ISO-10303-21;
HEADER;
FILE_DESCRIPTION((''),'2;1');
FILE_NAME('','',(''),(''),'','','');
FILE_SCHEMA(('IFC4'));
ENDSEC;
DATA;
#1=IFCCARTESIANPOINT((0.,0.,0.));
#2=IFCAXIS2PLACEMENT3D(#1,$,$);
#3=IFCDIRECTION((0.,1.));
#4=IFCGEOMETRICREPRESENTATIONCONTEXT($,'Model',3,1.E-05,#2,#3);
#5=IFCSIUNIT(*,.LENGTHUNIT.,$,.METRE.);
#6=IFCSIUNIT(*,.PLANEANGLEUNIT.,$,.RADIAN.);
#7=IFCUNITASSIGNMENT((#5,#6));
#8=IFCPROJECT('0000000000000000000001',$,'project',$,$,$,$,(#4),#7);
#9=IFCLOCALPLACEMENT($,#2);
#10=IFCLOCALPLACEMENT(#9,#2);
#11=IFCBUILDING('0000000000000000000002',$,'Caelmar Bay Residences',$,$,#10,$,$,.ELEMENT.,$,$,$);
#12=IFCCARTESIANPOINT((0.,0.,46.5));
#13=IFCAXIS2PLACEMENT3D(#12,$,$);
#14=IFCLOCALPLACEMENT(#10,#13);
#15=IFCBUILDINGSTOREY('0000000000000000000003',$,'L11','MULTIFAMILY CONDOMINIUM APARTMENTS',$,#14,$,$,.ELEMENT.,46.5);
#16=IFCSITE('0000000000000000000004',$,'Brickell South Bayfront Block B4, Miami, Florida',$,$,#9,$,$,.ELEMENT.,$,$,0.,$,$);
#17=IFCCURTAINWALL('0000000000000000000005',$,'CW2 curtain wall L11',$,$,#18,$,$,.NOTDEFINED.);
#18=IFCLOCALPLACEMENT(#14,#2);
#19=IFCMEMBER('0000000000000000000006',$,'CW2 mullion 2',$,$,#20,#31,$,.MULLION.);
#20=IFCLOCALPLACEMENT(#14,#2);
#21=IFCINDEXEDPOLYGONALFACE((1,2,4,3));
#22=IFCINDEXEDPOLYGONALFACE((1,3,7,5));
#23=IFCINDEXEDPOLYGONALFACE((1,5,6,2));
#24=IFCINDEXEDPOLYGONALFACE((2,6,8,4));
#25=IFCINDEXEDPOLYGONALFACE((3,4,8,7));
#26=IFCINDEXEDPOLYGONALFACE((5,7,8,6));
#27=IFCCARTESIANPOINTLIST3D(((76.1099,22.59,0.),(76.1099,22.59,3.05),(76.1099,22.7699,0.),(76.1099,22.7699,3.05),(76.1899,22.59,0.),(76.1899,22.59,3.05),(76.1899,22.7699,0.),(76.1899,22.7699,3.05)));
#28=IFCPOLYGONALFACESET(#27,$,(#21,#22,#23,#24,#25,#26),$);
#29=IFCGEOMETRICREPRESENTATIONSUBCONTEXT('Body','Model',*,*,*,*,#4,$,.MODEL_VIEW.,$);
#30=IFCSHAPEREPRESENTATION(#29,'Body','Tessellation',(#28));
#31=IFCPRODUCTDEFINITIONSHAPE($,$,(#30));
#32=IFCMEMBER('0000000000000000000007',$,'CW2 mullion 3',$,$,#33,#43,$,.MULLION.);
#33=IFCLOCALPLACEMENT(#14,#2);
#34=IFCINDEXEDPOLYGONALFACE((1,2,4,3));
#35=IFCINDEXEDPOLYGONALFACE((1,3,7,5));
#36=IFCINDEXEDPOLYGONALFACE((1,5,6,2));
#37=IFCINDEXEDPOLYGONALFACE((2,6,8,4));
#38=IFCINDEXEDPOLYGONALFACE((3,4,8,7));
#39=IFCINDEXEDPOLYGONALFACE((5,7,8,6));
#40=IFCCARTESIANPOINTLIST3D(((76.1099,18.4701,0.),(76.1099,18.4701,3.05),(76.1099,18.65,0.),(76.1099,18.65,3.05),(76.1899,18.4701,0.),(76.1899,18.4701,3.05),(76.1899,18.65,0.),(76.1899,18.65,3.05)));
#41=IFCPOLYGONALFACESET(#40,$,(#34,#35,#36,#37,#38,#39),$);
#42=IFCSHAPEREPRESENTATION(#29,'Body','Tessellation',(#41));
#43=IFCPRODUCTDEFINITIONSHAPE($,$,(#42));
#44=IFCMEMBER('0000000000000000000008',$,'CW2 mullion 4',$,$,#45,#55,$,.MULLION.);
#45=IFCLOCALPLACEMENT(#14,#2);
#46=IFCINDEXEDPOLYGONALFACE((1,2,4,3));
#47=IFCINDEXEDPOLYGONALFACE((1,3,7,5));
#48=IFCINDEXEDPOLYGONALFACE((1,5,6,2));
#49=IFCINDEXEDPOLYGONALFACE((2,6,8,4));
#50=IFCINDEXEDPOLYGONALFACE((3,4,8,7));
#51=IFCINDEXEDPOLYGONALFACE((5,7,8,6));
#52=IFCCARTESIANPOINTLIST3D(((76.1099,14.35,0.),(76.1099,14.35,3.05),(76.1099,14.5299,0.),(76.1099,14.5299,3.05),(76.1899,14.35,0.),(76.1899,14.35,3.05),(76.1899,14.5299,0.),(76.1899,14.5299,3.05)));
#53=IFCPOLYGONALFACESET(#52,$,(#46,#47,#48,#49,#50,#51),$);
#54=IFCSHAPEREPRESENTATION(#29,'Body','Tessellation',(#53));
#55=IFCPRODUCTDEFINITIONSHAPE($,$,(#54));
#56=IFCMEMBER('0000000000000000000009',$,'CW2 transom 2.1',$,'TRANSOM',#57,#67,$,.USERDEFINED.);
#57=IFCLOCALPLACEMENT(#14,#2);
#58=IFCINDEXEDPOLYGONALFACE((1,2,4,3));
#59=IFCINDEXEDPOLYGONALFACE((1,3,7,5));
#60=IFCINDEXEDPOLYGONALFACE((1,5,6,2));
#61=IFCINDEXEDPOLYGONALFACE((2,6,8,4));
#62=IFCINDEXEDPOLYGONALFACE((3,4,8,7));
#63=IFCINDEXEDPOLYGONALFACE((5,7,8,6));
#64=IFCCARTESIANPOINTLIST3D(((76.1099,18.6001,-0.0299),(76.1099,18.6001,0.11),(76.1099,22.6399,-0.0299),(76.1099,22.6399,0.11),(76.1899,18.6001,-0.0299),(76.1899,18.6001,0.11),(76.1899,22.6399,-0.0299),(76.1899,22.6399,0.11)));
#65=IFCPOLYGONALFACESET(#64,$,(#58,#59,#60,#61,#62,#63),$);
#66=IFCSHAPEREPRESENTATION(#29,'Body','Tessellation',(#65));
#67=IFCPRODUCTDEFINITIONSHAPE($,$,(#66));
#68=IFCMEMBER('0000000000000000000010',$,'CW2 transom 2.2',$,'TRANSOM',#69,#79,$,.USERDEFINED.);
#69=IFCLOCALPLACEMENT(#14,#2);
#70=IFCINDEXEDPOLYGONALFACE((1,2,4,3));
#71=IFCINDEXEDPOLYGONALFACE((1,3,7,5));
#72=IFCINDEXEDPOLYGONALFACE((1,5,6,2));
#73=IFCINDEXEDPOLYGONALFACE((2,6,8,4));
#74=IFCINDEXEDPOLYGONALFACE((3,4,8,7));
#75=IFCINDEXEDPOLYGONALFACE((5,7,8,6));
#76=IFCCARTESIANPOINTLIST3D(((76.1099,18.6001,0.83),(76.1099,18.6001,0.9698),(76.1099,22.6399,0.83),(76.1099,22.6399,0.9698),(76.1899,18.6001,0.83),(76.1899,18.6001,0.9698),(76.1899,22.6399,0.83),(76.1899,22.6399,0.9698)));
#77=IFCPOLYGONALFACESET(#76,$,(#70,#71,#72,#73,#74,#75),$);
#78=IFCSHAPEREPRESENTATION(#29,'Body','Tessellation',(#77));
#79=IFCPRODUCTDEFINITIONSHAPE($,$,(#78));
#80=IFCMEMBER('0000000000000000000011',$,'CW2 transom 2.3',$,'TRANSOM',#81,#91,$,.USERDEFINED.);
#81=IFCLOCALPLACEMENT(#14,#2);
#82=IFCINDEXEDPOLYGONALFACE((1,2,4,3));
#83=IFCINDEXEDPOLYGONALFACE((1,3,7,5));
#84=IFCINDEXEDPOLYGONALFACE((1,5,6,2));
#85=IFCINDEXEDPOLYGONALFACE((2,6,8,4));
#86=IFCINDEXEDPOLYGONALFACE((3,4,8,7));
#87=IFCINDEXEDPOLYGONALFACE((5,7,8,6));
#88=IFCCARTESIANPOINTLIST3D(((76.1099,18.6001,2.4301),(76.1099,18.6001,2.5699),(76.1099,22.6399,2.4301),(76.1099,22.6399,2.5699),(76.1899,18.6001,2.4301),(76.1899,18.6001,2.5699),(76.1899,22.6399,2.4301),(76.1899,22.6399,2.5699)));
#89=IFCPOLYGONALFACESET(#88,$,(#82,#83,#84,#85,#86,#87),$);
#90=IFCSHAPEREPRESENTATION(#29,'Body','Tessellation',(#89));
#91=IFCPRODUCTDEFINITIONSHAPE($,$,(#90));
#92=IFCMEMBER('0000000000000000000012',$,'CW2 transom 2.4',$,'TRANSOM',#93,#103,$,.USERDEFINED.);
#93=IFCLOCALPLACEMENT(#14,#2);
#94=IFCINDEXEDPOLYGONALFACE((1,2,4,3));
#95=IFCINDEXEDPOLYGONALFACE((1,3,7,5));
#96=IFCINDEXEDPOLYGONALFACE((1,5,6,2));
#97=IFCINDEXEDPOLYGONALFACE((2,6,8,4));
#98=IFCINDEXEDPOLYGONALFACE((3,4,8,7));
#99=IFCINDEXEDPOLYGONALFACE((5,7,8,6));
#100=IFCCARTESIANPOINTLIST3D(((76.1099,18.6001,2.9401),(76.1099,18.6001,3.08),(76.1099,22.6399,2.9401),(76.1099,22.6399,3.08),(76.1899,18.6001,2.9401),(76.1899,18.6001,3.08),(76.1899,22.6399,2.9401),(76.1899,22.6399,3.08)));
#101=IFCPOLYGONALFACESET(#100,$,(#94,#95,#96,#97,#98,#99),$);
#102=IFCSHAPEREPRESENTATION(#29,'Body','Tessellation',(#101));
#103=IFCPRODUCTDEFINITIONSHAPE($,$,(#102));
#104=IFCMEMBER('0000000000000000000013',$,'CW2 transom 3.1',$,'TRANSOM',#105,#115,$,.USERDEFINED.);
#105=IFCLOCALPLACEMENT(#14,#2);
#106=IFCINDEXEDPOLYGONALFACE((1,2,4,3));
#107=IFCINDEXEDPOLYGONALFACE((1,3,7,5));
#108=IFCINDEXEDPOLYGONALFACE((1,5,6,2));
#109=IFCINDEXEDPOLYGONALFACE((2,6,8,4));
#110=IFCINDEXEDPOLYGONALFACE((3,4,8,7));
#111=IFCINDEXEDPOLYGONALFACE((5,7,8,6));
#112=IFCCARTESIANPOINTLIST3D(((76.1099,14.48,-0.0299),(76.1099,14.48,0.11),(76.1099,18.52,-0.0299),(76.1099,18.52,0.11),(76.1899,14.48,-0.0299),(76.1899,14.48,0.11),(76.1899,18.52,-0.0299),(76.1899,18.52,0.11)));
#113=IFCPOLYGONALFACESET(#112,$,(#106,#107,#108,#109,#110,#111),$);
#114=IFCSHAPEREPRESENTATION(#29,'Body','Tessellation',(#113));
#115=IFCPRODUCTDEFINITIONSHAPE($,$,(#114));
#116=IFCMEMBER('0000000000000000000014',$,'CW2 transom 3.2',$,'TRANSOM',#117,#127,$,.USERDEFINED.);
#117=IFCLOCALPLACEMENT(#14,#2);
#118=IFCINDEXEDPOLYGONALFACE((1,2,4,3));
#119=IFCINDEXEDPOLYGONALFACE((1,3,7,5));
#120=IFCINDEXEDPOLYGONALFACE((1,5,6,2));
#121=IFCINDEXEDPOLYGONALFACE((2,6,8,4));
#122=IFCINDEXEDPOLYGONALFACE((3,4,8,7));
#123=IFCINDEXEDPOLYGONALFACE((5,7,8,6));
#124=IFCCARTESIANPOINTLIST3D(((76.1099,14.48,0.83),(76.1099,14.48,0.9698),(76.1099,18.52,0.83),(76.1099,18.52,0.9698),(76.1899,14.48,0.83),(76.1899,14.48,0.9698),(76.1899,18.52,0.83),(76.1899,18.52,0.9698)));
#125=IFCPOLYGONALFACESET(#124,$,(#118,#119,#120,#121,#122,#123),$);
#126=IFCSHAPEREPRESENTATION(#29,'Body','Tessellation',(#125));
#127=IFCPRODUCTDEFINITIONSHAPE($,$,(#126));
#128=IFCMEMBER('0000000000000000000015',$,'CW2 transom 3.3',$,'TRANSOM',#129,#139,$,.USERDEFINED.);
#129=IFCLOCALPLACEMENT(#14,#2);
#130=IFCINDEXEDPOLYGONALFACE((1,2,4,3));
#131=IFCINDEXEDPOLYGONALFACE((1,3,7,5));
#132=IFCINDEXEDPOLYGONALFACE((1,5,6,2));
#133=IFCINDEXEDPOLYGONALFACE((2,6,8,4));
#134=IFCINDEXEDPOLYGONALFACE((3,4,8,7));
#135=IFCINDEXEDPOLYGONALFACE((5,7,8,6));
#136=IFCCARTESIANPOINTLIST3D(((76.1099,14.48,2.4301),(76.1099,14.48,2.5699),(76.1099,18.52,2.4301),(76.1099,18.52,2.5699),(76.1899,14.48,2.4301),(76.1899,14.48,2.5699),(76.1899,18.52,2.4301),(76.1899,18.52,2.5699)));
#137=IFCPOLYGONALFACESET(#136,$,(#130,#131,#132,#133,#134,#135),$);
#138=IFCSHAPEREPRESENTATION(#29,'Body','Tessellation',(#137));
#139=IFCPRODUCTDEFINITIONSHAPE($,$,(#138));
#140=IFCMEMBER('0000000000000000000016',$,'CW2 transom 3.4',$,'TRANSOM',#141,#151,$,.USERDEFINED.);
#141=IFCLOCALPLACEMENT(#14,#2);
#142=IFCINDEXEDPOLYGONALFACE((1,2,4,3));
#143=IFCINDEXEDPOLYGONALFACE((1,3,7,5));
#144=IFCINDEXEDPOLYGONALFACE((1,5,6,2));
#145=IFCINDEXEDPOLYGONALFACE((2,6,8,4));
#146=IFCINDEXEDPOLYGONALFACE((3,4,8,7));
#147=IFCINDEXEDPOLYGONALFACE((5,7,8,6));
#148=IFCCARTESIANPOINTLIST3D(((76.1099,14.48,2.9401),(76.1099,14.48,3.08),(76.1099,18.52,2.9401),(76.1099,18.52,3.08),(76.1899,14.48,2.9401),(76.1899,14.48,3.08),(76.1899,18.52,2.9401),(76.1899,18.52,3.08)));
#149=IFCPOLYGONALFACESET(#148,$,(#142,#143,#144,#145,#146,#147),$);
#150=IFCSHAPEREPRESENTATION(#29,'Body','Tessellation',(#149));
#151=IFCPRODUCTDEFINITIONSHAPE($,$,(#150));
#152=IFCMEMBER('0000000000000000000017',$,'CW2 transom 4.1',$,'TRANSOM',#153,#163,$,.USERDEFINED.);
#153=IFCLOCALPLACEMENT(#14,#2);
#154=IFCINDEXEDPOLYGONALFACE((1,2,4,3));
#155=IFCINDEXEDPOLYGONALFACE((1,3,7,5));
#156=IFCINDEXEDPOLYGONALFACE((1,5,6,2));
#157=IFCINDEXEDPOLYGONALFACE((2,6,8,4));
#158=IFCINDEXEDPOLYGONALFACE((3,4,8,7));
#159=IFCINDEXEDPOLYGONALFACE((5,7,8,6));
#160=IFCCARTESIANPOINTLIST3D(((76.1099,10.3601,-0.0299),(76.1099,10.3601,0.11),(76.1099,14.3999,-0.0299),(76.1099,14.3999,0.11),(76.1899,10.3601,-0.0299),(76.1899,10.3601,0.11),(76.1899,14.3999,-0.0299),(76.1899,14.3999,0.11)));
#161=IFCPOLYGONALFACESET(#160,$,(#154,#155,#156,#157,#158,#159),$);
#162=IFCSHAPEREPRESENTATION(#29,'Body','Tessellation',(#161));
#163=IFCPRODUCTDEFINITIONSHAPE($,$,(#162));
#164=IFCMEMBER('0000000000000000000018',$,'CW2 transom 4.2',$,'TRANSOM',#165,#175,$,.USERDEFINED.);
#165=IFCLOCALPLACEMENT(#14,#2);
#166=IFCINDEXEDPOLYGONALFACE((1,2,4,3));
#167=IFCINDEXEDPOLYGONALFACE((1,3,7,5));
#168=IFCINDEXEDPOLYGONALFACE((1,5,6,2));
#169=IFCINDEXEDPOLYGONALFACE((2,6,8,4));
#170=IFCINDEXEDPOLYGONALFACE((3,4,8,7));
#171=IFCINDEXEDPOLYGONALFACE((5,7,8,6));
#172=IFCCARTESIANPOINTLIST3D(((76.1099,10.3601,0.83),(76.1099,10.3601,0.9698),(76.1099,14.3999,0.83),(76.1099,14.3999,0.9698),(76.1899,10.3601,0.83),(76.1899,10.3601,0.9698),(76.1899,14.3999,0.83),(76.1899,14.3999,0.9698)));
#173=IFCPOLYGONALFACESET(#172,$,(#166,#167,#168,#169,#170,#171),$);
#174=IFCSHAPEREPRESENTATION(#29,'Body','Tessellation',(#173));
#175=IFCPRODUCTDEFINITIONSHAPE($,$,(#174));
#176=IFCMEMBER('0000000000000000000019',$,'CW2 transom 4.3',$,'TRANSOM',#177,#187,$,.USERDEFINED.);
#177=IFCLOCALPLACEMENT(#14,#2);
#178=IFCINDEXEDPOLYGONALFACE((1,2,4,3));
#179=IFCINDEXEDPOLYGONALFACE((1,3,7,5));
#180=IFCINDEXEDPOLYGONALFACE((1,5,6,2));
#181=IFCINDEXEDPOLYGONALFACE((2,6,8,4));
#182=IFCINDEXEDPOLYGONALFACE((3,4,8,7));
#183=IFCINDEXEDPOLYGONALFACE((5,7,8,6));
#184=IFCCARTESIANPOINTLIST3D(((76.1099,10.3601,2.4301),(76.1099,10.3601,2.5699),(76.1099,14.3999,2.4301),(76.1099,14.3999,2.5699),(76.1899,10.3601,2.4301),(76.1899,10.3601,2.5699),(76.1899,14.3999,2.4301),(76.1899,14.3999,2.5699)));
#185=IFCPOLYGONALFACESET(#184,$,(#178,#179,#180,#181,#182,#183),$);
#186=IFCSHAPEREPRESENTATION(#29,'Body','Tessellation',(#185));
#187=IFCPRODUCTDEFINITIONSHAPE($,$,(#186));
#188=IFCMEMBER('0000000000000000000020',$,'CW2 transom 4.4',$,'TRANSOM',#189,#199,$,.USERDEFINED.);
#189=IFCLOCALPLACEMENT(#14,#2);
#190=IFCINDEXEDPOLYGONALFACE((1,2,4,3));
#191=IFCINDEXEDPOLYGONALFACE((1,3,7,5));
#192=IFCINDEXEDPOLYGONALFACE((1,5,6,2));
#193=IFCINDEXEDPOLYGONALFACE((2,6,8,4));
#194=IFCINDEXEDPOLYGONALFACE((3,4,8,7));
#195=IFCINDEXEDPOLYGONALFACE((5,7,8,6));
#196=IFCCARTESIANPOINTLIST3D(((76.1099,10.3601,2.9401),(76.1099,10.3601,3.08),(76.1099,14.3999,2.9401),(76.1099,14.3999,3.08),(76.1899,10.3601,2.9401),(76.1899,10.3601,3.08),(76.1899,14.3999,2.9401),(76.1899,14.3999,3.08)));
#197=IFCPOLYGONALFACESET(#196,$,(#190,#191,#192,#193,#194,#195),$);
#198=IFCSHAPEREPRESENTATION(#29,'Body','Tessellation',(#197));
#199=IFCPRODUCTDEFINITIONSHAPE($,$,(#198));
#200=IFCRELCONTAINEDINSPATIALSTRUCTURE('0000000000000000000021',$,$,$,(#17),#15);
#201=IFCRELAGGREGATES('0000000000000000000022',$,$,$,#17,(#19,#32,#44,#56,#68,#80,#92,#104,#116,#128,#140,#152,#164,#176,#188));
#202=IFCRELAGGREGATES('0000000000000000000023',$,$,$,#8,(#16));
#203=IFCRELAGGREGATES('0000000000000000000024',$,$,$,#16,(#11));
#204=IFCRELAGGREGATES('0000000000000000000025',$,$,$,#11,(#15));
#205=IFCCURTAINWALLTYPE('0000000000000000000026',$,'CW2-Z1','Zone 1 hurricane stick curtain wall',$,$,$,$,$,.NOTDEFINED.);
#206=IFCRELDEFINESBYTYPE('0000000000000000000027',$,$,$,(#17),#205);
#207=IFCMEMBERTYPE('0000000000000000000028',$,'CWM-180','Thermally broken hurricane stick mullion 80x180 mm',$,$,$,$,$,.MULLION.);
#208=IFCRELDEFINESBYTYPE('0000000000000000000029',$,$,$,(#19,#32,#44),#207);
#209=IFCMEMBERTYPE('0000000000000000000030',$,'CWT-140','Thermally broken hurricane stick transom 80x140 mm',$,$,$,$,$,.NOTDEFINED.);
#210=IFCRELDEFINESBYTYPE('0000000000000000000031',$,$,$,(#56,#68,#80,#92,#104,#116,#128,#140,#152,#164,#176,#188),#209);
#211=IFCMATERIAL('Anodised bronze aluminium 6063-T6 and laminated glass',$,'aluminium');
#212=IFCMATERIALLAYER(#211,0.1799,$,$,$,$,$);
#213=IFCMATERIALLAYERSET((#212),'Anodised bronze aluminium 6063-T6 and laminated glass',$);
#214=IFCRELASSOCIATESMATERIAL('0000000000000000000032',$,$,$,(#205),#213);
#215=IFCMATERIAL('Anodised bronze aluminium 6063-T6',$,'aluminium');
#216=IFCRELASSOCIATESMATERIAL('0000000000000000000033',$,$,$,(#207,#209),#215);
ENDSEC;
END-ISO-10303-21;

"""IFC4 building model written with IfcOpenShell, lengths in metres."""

from ifc_helpers import new_model, si_unit, direction, frame, origin, origin_2d, place, context, subcontext, project, spatial, rectangle, extrude, material, layer, layer_set, material_profile, profile_set, type_object, element, aggregate, save


model = new_model("IFC4")

# Units and contexts
model_context = context("Model", 3, precision=1e-05, world=origin(), true_north=direction((0.0, 1.0)))
body_context = subcontext(model_context, "Body", "Model", "MODEL_VIEW")
ifc_project = project(units=[si_unit("LENGTHUNIT", "METRE"), si_unit("PLANEANGLEUNIT", "RADIAN")], contexts=[model_context])

# Site, building, storey
site_placement = place(None, origin())
site = spatial("IfcSite", under=ifc_project, at=site_placement, Name="Brickell South Bayfront Block B4, Miami, Florida", CompositionType="ELEMENT", RefElevation=0.0)
building_placement = place(site_placement, origin())
building = spatial("IfcBuilding", under=site, at=building_placement, Name="Caelmar Bay Residences", CompositionType="ELEMENT")
storey_placement = place(building_placement, frame((0.0, 0.0, 46.5)))
storey = spatial("IfcBuildingStorey", under=building, at=storey_placement, Name="L11", Description="MULTIFAMILY CONDOMINIUM APARTMENTS", CompositionType="ELEMENT", Elevation=46.5)

# Curtain wall, members
ifc_material_1 = material(Name="Anodised bronze aluminium 6063-T6 and laminated glass", Category="aluminium")
ifc_layer_1 = layer(ifc_material_1, 0.1799)
ifc_layer_set_1 = layer_set([ifc_layer_1], Name="Anodised bronze aluminium 6063-T6 and laminated glass")
curtain_wall_type = type_object("IfcCurtainWallType", Name="CW2-Z1", Description="Zone 1 hurricane stick curtain wall", PredefinedType="NOTDEFINED", material=ifc_layer_set_1)
curtain_wall_placement = place(storey_placement, origin())
curtain_wall = element("IfcCurtainWall", 1, at=curtain_wall_placement, inside=storey, type_object=curtain_wall_type, Name="CW2 curtain wall L11", PredefinedType="NOTDEFINED")
ifc_material_2 = material(Name="Anodised bronze aluminium 6063-T6", Category="aluminium")
ifc_material_profile_1 = material_profile(ifc_material_2, rectangle(XDim=0.0801, YDim=0.1799, at=origin_2d()), Name="CWM-80X180")
ifc_profile_set_1 = profile_set([ifc_material_profile_1], Name="Anodised bronze aluminium 6063-T6")
member_type_1 = type_object("IfcMemberType", Name="CWM-180", Description="Thermally broken hurricane stick mullion 80x180 mm", PredefinedType="MULLION", material=ifc_profile_set_1)
member_1_placement = place(storey_placement, frame((76.1499, 22.6799, 0.0), z_axis=(0.0, 0.0, 1.0), x_axis=(1.0, 0.0, 0.0)))
member_1 = element("IfcMember", 2, at=member_1_placement, type_object=member_type_1, Name="CW2 mullion 2", PredefinedType="MULLION", context=body_context, shape_type="SweptSolid", body=[
    extrude(rectangle(XDim=0.0801, YDim=0.1799, at=origin_2d()), origin(), (0.0, 0.0, 1.0), 3.05),
])
member_2_placement = place(storey_placement, frame((76.1499, 18.5601, 0.0), z_axis=(0.0, 0.0, 1.0), x_axis=(1.0, 0.0, 0.0)))
member_2 = element("IfcMember", 3, at=member_2_placement, type_object=member_type_1, Name="CW2 mullion 3", PredefinedType="MULLION", context=body_context, shape_type="SweptSolid", body=[
    extrude(rectangle(XDim=0.0801, YDim=0.1799, at=origin_2d()), origin(), (0.0, 0.0, 1.0), 3.05),
])
member_3_placement = place(storey_placement, frame((76.1499, 14.4399, 0.0), z_axis=(0.0, 0.0, 1.0), x_axis=(1.0, 0.0, 0.0)))
member_3 = element("IfcMember", 4, at=member_3_placement, type_object=member_type_1, Name="CW2 mullion 4", PredefinedType="MULLION", context=body_context, shape_type="SweptSolid", body=[
    extrude(rectangle(XDim=0.0801, YDim=0.1799, at=origin_2d()), origin(), (0.0, 0.0, 1.0), 3.05),
])
ifc_material_profile_2 = material_profile(ifc_material_2, rectangle(XDim=0.0801, YDim=0.1399, at=origin_2d()), Name="CWT-80X140")
ifc_profile_set_2 = profile_set([ifc_material_profile_2], Name="Anodised bronze aluminium 6063-T6")
member_type_2 = type_object("IfcMemberType", Name="CWT-140", Description="Thermally broken hurricane stick transom 80x140 mm", PredefinedType="NOTDEFINED", material=ifc_profile_set_2)
member_4_placement = place(storey_placement, frame((76.1499, 22.6399, 0.04), z_axis=(0.0, -1.0, 0.0), x_axis=(1.0, 0.0, 0.0)))
member_4 = element("IfcMember", 5, at=member_4_placement, type_object=member_type_2, Name="CW2 transom 2.1", ObjectType="TRANSOM", PredefinedType="USERDEFINED", context=body_context, shape_type="SweptSolid", body=[
    extrude(rectangle(XDim=0.0801, YDim=0.1399, at=origin_2d()), origin(), (0.0, 0.0, 1.0), 4.0398),
])
member_5_placement = place(storey_placement, frame((76.1499, 22.6399, 0.8999), z_axis=(0.0, -1.0, 0.0), x_axis=(1.0, 0.0, 0.0)))
member_5 = element("IfcMember", 6, at=member_5_placement, type_object=member_type_2, Name="CW2 transom 2.2", ObjectType="TRANSOM", PredefinedType="USERDEFINED", context=body_context, shape_type="SweptSolid", body=[
    extrude(rectangle(XDim=0.0801, YDim=0.1399, at=origin_2d()), origin(), (0.0, 0.0, 1.0), 4.0398),
])
member_6_placement = place(storey_placement, frame((76.1499, 22.6399, 2.5), z_axis=(0.0, -1.0, 0.0), x_axis=(1.0, 0.0, 0.0)))
member_6 = element("IfcMember", 7, at=member_6_placement, type_object=member_type_2, Name="CW2 transom 2.3", ObjectType="TRANSOM", PredefinedType="USERDEFINED", context=body_context, shape_type="SweptSolid", body=[
    extrude(rectangle(XDim=0.0801, YDim=0.1399, at=origin_2d()), origin(), (0.0, 0.0, 1.0), 4.0398),
])
member_7_placement = place(storey_placement, frame((76.1499, 22.6399, 3.01), z_axis=(0.0, -1.0, 0.0), x_axis=(1.0, 0.0, 0.0)))
member_7 = element("IfcMember", 8, at=member_7_placement, type_object=member_type_2, Name="CW2 transom 2.4", ObjectType="TRANSOM", PredefinedType="USERDEFINED", context=body_context, shape_type="SweptSolid", body=[
    extrude(rectangle(XDim=0.0801, YDim=0.1399, at=origin_2d()), origin(), (0.0, 0.0, 1.0), 4.0398),
])
member_8_placement = place(storey_placement, frame((76.1499, 18.52, 0.04), z_axis=(0.0, -1.0, 0.0), x_axis=(1.0, 0.0, 0.0)))
member_8 = element("IfcMember", 9, at=member_8_placement, type_object=member_type_2, Name="CW2 transom 3.1", ObjectType="TRANSOM", PredefinedType="USERDEFINED", context=body_context, shape_type="SweptSolid", body=[
    extrude(rectangle(XDim=0.0801, YDim=0.1399, at=origin_2d()), origin(), (0.0, 0.0, 1.0), 4.04),
])
member_9_placement = place(storey_placement, frame((76.1499, 18.52, 0.8999), z_axis=(0.0, -1.0, 0.0), x_axis=(1.0, 0.0, 0.0)))
member_9 = element("IfcMember", 10, at=member_9_placement, type_object=member_type_2, Name="CW2 transom 3.2", ObjectType="TRANSOM", PredefinedType="USERDEFINED", context=body_context, shape_type="SweptSolid", body=[
    extrude(rectangle(XDim=0.0801, YDim=0.1399, at=origin_2d()), origin(), (0.0, 0.0, 1.0), 4.04),
])
member_10_placement = place(storey_placement, frame((76.1499, 18.52, 2.5), z_axis=(0.0, -1.0, 0.0), x_axis=(1.0, 0.0, 0.0)))
member_10 = element("IfcMember", 11, at=member_10_placement, type_object=member_type_2, Name="CW2 transom 3.3", ObjectType="TRANSOM", PredefinedType="USERDEFINED", context=body_context, shape_type="SweptSolid", body=[
    extrude(rectangle(XDim=0.0801, YDim=0.1399, at=origin_2d()), origin(), (0.0, 0.0, 1.0), 4.04),
])
member_11_placement = place(storey_placement, frame((76.1499, 18.52, 3.01), z_axis=(0.0, -1.0, 0.0), x_axis=(1.0, 0.0, 0.0)))
member_11 = element("IfcMember", 12, at=member_11_placement, type_object=member_type_2, Name="CW2 transom 3.4", ObjectType="TRANSOM", PredefinedType="USERDEFINED", context=body_context, shape_type="SweptSolid", body=[
    extrude(rectangle(XDim=0.0801, YDim=0.1399, at=origin_2d()), origin(), (0.0, 0.0, 1.0), 4.04),
])
member_12_placement = place(storey_placement, frame((76.1499, 14.3999, 0.04), z_axis=(0.0, -1.0, 0.0), x_axis=(1.0, 0.0, 0.0)))
member_12 = element("IfcMember", 13, at=member_12_placement, type_object=member_type_2, Name="CW2 transom 4.1", ObjectType="TRANSOM", PredefinedType="USERDEFINED", context=body_context, shape_type="SweptSolid", body=[
    extrude(rectangle(XDim=0.0801, YDim=0.1399, at=origin_2d()), origin(), (0.0, 0.0, 1.0), 4.0398),
])
member_13_placement = place(storey_placement, frame((76.1499, 14.3999, 0.8999), z_axis=(0.0, -1.0, 0.0), x_axis=(1.0, 0.0, 0.0)))
member_13 = element("IfcMember", 14, at=member_13_placement, type_object=member_type_2, Name="CW2 transom 4.2", ObjectType="TRANSOM", PredefinedType="USERDEFINED", context=body_context, shape_type="SweptSolid", body=[
    extrude(rectangle(XDim=0.0801, YDim=0.1399, at=origin_2d()), origin(), (0.0, 0.0, 1.0), 4.0398),
])
member_14_placement = place(storey_placement, frame((76.1499, 14.3999, 2.5), z_axis=(0.0, -1.0, 0.0), x_axis=(1.0, 0.0, 0.0)))
member_14 = element("IfcMember", 15, at=member_14_placement, type_object=member_type_2, Name="CW2 transom 4.3", ObjectType="TRANSOM", PredefinedType="USERDEFINED", context=body_context, shape_type="SweptSolid", body=[
    extrude(rectangle(XDim=0.0801, YDim=0.1399, at=origin_2d()), origin(), (0.0, 0.0, 1.0), 4.0398),
])
member_15_placement = place(storey_placement, frame((76.1499, 14.3999, 3.01), z_axis=(0.0, -1.0, 0.0), x_axis=(1.0, 0.0, 0.0)))
member_15 = element("IfcMember", 16, at=member_15_placement, type_object=member_type_2, Name="CW2 transom 4.4", ObjectType="TRANSOM", PredefinedType="USERDEFINED", context=body_context, shape_type="SweptSolid", body=[
    extrude(rectangle(XDim=0.0801, YDim=0.1399, at=origin_2d()), origin(), (0.0, 0.0, 1.0), 4.0398),
])
aggregate(curtain_wall, [member_1, member_2, member_3, member_4, member_5, member_6, member_7, member_8, member_9, member_10, member_11, member_12, member_13, member_14, member_15])

save(model, "model.ifc")
